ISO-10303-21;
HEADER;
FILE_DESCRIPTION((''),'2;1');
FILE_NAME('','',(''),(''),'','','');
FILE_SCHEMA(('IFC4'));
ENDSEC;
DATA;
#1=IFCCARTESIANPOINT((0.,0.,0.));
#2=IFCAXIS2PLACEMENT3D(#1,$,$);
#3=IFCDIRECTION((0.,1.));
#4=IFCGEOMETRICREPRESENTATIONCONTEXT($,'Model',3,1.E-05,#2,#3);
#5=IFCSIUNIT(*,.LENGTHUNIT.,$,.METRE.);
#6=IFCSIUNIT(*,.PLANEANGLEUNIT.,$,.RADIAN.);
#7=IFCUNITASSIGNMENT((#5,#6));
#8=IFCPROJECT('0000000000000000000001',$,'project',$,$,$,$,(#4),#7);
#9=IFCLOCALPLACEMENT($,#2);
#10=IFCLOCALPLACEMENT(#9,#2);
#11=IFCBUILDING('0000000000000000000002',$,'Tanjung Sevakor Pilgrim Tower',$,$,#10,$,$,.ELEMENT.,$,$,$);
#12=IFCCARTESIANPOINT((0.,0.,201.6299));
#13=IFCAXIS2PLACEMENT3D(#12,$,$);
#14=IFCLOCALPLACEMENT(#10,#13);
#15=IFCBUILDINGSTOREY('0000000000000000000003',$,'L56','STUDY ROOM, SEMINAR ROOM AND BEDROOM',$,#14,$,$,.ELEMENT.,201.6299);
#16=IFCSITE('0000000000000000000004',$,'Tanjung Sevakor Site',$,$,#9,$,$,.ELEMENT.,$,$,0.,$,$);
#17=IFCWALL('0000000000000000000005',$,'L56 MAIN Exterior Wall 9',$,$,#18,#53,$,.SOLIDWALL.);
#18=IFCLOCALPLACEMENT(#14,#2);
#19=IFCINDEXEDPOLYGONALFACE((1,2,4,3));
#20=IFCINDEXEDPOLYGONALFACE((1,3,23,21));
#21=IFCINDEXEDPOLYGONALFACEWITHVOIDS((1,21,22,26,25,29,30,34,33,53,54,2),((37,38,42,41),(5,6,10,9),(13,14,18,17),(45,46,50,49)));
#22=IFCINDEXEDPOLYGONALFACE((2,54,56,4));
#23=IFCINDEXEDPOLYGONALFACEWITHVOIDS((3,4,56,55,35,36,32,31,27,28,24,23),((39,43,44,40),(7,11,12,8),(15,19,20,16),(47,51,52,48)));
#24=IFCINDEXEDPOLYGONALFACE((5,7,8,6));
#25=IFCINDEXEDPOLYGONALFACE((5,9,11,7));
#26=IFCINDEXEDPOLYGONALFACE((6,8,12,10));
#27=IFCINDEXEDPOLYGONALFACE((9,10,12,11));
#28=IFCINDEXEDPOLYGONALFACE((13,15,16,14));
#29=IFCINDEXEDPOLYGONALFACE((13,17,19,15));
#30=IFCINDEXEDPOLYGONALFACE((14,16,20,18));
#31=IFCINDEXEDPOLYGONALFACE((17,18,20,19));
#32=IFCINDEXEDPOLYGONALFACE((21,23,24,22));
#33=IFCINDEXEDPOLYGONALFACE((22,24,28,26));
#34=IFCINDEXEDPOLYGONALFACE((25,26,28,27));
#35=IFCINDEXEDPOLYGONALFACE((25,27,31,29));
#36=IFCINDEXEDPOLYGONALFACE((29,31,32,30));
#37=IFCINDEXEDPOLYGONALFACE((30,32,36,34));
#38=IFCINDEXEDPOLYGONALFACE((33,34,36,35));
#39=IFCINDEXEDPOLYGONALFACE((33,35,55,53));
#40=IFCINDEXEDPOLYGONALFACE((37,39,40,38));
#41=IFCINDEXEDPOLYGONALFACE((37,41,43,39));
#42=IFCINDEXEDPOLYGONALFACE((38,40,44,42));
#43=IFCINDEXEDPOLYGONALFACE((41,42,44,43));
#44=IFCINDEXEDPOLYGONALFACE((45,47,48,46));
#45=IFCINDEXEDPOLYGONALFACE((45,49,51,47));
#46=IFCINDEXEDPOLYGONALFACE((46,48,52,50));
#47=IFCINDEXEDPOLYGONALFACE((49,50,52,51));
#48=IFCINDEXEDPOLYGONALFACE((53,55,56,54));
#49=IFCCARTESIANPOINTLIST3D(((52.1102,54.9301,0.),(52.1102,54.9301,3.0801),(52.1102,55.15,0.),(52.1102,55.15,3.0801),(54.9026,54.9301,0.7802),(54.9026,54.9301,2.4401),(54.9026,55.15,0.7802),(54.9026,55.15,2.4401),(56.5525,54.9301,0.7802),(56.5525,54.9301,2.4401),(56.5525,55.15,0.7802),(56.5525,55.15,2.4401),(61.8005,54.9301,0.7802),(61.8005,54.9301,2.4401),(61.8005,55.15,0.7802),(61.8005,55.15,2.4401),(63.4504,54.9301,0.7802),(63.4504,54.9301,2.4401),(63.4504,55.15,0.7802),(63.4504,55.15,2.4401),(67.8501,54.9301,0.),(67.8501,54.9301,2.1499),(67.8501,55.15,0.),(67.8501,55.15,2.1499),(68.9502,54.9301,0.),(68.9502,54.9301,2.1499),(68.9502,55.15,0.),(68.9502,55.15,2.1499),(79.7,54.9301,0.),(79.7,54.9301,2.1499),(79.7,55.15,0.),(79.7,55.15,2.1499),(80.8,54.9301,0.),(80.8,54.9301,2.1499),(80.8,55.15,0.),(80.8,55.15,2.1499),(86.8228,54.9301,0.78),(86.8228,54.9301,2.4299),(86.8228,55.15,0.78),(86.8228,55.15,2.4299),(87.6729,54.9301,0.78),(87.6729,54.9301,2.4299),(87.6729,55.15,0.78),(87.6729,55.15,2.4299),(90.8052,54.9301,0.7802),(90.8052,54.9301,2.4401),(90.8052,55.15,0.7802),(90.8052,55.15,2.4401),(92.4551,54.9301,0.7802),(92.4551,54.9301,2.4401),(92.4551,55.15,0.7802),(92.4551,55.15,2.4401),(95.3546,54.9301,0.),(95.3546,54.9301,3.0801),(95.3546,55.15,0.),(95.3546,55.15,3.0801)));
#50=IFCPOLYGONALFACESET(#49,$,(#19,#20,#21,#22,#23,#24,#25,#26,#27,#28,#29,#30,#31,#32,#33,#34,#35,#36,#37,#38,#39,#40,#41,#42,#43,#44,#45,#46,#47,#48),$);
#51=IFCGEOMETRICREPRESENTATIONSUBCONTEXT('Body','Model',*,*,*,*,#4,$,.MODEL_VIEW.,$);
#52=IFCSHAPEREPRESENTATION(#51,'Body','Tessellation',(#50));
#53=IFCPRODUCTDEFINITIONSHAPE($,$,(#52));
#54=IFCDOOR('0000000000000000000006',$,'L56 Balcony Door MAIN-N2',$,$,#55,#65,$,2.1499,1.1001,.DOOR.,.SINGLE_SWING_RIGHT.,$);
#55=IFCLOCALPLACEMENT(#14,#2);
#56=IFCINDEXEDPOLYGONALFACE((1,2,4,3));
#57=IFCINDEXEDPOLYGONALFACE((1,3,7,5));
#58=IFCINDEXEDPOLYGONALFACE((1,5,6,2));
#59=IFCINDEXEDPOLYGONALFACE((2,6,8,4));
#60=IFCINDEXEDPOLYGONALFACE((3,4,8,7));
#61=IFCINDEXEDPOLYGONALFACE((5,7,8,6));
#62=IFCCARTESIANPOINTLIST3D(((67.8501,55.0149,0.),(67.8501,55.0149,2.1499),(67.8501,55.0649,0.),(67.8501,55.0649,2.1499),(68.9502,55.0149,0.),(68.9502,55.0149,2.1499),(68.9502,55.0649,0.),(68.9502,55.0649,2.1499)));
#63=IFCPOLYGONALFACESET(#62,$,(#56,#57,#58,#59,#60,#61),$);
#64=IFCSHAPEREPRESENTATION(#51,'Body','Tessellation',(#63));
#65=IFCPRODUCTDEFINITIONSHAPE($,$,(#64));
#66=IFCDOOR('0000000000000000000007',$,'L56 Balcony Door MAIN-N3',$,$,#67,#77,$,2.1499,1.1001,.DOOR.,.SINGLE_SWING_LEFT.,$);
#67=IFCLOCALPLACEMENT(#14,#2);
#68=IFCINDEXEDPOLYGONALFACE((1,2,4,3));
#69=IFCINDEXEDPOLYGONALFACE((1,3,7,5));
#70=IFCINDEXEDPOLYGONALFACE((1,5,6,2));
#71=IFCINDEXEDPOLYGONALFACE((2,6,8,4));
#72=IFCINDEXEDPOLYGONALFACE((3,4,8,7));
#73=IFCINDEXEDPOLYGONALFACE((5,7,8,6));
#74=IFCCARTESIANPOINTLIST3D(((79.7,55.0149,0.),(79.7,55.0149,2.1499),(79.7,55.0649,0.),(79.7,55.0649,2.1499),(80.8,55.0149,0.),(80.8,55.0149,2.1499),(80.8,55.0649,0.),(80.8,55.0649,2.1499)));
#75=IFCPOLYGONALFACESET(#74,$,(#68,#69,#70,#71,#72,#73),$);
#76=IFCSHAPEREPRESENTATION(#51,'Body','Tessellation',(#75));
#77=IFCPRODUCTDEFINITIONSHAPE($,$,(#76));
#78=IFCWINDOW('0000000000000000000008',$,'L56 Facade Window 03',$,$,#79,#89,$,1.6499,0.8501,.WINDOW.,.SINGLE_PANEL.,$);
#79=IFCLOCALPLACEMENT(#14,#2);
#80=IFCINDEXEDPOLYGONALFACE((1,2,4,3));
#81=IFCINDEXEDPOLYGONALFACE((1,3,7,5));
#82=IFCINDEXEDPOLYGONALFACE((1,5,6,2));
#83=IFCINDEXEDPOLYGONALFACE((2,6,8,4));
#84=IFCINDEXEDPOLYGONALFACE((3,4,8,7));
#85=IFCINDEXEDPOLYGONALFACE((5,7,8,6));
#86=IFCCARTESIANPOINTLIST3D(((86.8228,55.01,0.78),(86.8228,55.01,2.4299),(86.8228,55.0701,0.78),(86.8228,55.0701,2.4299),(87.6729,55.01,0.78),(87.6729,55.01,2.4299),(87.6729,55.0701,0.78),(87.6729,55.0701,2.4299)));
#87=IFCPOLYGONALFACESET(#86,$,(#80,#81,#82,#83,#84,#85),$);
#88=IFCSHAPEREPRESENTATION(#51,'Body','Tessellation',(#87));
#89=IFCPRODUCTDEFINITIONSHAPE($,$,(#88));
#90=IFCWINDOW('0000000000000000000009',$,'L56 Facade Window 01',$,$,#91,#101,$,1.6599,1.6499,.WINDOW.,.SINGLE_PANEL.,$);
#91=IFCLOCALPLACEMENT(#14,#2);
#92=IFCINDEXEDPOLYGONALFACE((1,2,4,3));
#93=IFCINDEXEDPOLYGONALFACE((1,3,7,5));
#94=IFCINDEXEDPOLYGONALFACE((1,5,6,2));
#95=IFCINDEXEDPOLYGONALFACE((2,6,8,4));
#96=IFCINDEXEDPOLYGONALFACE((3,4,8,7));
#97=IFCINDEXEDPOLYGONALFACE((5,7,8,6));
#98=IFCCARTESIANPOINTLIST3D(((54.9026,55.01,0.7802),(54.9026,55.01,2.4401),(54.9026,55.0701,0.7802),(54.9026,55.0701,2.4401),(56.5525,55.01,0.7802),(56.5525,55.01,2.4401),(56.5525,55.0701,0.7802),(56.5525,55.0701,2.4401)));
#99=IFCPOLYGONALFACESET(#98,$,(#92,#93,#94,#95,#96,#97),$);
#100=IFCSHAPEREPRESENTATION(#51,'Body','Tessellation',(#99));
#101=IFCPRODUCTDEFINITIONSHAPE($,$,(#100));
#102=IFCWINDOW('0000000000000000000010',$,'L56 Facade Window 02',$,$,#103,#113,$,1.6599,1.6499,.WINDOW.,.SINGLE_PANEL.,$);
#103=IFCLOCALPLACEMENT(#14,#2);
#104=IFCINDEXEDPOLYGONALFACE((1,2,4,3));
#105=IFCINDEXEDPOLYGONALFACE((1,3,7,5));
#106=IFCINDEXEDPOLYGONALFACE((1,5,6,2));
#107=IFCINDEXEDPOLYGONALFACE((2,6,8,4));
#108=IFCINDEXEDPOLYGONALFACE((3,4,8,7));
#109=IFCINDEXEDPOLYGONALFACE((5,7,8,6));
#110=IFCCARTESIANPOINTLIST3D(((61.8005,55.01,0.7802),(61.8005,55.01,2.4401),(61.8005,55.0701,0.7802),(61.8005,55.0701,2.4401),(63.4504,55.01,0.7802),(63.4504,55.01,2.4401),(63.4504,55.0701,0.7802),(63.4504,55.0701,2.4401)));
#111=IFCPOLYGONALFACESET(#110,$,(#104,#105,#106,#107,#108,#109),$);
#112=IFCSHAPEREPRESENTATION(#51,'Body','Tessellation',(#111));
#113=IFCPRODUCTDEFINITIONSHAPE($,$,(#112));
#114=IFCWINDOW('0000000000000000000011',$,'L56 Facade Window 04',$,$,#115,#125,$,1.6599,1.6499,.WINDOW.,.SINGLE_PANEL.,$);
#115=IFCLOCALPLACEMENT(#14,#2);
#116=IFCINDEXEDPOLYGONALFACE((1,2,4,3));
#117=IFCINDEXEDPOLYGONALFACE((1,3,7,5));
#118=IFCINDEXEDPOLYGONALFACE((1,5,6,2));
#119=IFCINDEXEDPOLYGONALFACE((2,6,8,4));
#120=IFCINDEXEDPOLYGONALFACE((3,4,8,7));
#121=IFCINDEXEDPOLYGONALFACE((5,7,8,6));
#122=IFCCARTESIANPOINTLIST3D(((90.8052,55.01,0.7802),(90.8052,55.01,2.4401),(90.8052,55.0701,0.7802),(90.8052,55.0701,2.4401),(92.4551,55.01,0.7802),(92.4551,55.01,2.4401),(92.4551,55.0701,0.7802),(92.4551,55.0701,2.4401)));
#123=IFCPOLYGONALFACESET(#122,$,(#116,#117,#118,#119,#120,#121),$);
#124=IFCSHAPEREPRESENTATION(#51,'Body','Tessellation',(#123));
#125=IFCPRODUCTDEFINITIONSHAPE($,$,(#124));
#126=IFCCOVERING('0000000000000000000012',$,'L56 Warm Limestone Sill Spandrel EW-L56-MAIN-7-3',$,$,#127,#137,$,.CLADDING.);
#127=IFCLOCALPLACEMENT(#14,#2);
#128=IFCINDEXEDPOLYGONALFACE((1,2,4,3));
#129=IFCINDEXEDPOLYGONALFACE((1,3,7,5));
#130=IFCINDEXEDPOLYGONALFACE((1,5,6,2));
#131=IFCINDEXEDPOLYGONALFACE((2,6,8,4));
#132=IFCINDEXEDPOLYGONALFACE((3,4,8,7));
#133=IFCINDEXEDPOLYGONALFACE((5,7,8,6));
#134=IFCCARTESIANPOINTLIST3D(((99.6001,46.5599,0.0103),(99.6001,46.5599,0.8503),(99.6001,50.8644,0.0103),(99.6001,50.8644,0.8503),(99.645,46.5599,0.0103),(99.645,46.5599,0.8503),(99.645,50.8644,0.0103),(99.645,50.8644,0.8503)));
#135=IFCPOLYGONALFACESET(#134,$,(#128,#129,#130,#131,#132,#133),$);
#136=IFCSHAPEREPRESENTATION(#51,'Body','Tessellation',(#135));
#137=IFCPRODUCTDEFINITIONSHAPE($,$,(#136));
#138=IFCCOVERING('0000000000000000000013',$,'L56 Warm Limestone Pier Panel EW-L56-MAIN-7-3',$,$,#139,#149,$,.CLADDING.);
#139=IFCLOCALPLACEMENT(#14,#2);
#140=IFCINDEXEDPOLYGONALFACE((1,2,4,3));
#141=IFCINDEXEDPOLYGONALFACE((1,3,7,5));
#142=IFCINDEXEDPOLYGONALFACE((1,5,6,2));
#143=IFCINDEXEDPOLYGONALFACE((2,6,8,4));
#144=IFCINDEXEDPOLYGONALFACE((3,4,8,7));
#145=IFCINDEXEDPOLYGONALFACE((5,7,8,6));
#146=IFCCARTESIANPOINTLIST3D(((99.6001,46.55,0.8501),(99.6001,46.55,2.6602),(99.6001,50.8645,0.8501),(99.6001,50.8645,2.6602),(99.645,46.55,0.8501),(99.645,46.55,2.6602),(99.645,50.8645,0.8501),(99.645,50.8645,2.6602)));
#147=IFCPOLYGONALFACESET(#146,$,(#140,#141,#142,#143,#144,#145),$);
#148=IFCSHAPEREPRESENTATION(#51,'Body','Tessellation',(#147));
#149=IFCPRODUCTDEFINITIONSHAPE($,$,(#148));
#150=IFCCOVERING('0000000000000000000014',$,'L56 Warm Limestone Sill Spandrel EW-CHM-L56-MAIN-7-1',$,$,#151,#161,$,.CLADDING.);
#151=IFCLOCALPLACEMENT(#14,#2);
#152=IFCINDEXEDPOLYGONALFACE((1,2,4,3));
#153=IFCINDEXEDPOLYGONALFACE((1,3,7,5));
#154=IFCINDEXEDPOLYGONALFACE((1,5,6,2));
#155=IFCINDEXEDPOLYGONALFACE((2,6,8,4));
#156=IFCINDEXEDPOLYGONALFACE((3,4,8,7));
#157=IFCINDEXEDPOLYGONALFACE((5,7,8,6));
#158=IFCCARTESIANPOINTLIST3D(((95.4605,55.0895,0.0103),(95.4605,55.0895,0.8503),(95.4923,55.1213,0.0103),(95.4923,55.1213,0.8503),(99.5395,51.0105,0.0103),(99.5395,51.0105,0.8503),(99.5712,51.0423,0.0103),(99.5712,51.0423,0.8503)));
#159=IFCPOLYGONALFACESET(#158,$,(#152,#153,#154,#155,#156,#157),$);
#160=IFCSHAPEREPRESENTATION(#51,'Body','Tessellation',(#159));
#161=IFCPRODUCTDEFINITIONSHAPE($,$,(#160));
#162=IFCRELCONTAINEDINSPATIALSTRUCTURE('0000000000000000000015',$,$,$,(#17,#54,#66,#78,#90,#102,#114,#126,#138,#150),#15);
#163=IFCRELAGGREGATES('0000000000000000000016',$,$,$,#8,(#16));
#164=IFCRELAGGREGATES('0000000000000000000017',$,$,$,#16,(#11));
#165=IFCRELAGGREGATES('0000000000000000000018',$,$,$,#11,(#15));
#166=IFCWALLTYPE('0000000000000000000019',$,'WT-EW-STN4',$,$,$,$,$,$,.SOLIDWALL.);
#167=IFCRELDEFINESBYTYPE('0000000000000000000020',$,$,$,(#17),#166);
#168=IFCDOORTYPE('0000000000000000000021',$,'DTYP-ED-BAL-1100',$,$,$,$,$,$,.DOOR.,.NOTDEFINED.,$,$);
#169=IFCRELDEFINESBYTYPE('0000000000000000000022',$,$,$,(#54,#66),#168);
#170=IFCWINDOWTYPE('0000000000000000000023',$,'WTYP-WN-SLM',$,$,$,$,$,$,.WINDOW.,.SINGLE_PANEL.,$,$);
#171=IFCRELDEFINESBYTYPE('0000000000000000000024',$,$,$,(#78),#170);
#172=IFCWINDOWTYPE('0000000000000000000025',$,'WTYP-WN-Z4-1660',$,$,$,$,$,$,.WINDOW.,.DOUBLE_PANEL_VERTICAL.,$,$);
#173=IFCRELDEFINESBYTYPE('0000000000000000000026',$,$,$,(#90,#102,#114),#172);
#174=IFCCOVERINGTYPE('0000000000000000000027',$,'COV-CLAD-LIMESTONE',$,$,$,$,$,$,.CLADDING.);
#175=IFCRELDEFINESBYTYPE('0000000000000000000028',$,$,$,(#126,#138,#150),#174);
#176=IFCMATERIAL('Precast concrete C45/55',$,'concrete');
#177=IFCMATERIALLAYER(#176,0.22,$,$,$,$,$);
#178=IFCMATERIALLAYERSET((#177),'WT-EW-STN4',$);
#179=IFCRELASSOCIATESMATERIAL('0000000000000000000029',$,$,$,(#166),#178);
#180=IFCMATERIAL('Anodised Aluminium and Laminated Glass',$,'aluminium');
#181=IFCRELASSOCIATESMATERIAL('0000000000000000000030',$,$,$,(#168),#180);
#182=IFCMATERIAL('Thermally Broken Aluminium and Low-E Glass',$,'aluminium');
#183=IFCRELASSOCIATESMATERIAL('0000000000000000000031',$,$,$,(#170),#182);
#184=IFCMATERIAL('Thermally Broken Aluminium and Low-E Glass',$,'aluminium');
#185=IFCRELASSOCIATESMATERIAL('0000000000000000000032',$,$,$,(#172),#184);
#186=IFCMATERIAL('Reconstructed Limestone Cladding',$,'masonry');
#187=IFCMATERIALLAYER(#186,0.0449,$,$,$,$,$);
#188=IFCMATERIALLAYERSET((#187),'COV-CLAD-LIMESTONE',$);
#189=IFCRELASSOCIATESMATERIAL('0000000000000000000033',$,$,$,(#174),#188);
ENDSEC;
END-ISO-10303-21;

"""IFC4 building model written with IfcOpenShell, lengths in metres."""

from ifc_helpers import new_model, si_unit, direction, frame, frame_2d, origin, origin_2d, place, context, subcontext, project, spatial, rectangle, extrude, material, layer, layer_set, type_object, element, fill, save


model = new_model("IFC4")

# Units and contexts
model_context = context("Model", 3, precision=1e-05, world=origin(), true_north=direction((0.0, 1.0)))
body_context = subcontext(model_context, "Body", "Model", "MODEL_VIEW")
ifc_project = project(units=[si_unit("LENGTHUNIT", "METRE"), si_unit("PLANEANGLEUNIT", "RADIAN")], contexts=[model_context])

# Site, building, storey
site_placement = place(None, origin())
site = spatial("IfcSite", under=ifc_project, at=site_placement, Name="Tanjung Sevakor Site", CompositionType="ELEMENT", RefElevation=0.0)
building_placement = place(site_placement, origin())
building = spatial("IfcBuilding", under=site, at=building_placement, Name="Tanjung Sevakor Pilgrim Tower", CompositionType="ELEMENT")
storey_placement = place(building_placement, frame((0.0, 0.0, 201.6299)))
storey = spatial("IfcBuildingStorey", under=building, at=storey_placement, Name="L56", Description="STUDY ROOM, SEMINAR ROOM AND BEDROOM", CompositionType="ELEMENT", Elevation=201.6299)

# Shared definitions
ifc_material_1 = material(Name="Precast concrete C45/55", Category="concrete")
ifc_layer_1 = layer(ifc_material_1, 0.22)
ifc_layer_set_1 = layer_set([ifc_layer_1], Name="WT-EW-STN4")
wall_type_1 = type_object("IfcWallType", Name="WT-EW-STN4", PredefinedType="SOLIDWALL", material=ifc_layer_set_1)

# Wall, openings, doors, windows
wall_1_placement = place(storey_placement, frame((95.3545, 55.04, 0.0), z_axis=(0.0, 0.0, 1.0), x_axis=(-1.0, 0.0, 0.0)))
wall_1 = element("IfcWall", 1, at=wall_1_placement, inside=storey, type_object=wall_type_1, Name="L56 MAIN Exterior Wall 9", PredefinedType="SOLIDWALL", context=body_context, shape_type="SweptSolid", body=[
    extrude(rectangle(XDim=43.2444, YDim=0.22, at=frame_2d((21.6221, 0.0))), origin(), (0.0, 0.0, 1.0), 3.0801),
])
opening_1_placement = place(wall_1_placement, frame((26.4043, 0.0, 0.0)))
opening_1 = element("IfcOpeningElement", 2, at=opening_1_placement, cuts=wall_1, PredefinedType="OPENING", context=body_context, shape_type="SweptSolid", body=[
    extrude(rectangle(XDim=1.1001, YDim=2.1499, at=frame_2d((0.55, 1.075))), frame((0.0, 0.1199, 0.0), z_axis=(0.0, -1.0, 0.0), x_axis=(1.0, 0.0, 0.0)), (0.0, 0.0, 1.0), 0.24),
])
opening_2_placement = place(wall_1_placement, frame((14.5544, 0.0, 0.0)))
opening_2 = element("IfcOpeningElement", 3, at=opening_2_placement, cuts=wall_1, PredefinedType="OPENING", context=body_context, shape_type="SweptSolid", body=[
    extrude(rectangle(XDim=1.1001, YDim=2.1499, at=frame_2d((0.55, 1.075))), frame((0.0, 0.1199, 0.0), z_axis=(0.0, -1.0, 0.0), x_axis=(1.0, 0.0, 0.0)), (0.0, 0.0, 1.0), 0.24),
])
opening_3_placement = place(wall_1_placement, frame((38.802, 0.0, 0.78)))
opening_3 = element("IfcOpeningElement", 4, at=opening_3_placement, cuts=wall_1, PredefinedType="OPENING", context=body_context, shape_type="SweptSolid", body=[
    extrude(rectangle(XDim=1.6499, YDim=1.6599, at=frame_2d((0.825, 0.8301))), frame((0.0, 0.1199, 0.0), z_axis=(0.0, -1.0, 0.0), x_axis=(1.0, 0.0, 0.0)), (0.0, 0.0, 1.0), 0.24),
])
opening_4_placement = place(wall_1_placement, frame((31.9041, 0.0, 0.78)))
opening_4 = element("IfcOpeningElement", 5, at=opening_4_placement, cuts=wall_1, PredefinedType="OPENING", context=body_context, shape_type="SweptSolid", body=[
    extrude(rectangle(XDim=1.6499, YDim=1.6599, at=frame_2d((0.825, 0.8301))), frame((0.0, 0.1199, 0.0), z_axis=(0.0, -1.0, 0.0), x_axis=(1.0, 0.0, 0.0)), (0.0, 0.0, 1.0), 0.24),
])
opening_5_placement = place(wall_1_placement, frame((7.6816, 0.0, 0.78)))
opening_5 = element("IfcOpeningElement", 6, at=opening_5_placement, cuts=wall_1, PredefinedType="OPENING", context=body_context, shape_type="SweptSolid", body=[
    extrude(rectangle(XDim=0.8501, YDim=1.6499, at=frame_2d((0.425, 0.825))), frame((0.0, 0.1199, 0.0), z_axis=(0.0, -1.0, 0.0), x_axis=(1.0, 0.0, 0.0)), (0.0, 0.0, 1.0), 0.24),
])
opening_6_placement = place(wall_1_placement, frame((2.8994, 0.0, 0.78)))
opening_6 = element("IfcOpeningElement", 7, at=opening_6_placement, cuts=wall_1, PredefinedType="OPENING", context=body_context, shape_type="SweptSolid", body=[
    extrude(rectangle(XDim=1.6499, YDim=1.6599, at=frame_2d((0.825, 0.8301))), frame((0.0, 0.1199, 0.0), z_axis=(0.0, -1.0, 0.0), x_axis=(1.0, 0.0, 0.0)), (0.0, 0.0, 1.0), 0.24),
])
ifc_material_2 = material(Name="Anodised Aluminium and Laminated Glass", Category="aluminium")
door_type = type_object("IfcDoorType", Name="DTYP-ED-BAL-1100", OperationType="NOTDEFINED", PredefinedType="DOOR", material=ifc_material_2)
door_1_placement = place(opening_1_placement, frame((1.1001, 0.0, 0.0), z_axis=(0.0, 0.0, 1.0), x_axis=(-1.0, 0.0, 0.0)))
door_1 = element("IfcDoor", 8, at=door_1_placement, inside=storey, type_object=door_type, Name="L56 Balcony Door MAIN-N2", OperationType="SINGLE_SWING_RIGHT", OverallHeight=2.1499, OverallWidth=1.1001, PredefinedType="DOOR", context=body_context, shape_type="SweptSolid", body=[
    extrude(rectangle(XDim=1.1001, YDim=2.1499, at=frame_2d((0.55, 1.075))), frame((0.0, 0.0249, 0.0), z_axis=(0.0, -1.0, 0.0), x_axis=(1.0, 0.0, 0.0)), (0.0, 0.0, 1.0), 0.05),
])
fill(opening_1, door_1)
door_2_placement = place(opening_2_placement, frame((1.1001, 0.0, 0.0), z_axis=(0.0, 0.0, 1.0), x_axis=(-1.0, 0.0, 0.0)))
door_2 = element("IfcDoor", 9, at=door_2_placement, inside=storey, type_object=door_type, Name="L56 Balcony Door MAIN-N3", OperationType="SINGLE_SWING_LEFT", OverallHeight=2.1499, OverallWidth=1.1001, PredefinedType="DOOR", context=body_context, shape_type="SweptSolid", body=[
    extrude(rectangle(XDim=1.1001, YDim=2.1499, at=frame_2d((0.55, 1.075))), frame((0.0, 0.0249, 0.0), z_axis=(0.0, -1.0, 0.0), x_axis=(1.0, 0.0, 0.0)), (0.0, 0.0, 1.0), 0.05),
])
fill(opening_2, door_2)
ifc_material_3 = material(Name="Thermally Broken Aluminium and Low-E Glass", Category="aluminium")
window_type_1 = type_object("IfcWindowType", Name="WTYP-WN-SLM", PartitioningType="SINGLE_PANEL", PredefinedType="WINDOW", material=ifc_material_3)
window_1_placement = place(opening_5_placement, origin())
window_1 = element("IfcWindow", 10, at=window_1_placement, inside=storey, type_object=window_type_1, Name="L56 Facade Window 03", OverallHeight=1.6499, OverallWidth=0.8501, PartitioningType="SINGLE_PANEL", PredefinedType="WINDOW", context=body_context, shape_type="SweptSolid", body=[
    extrude(rectangle(XDim=0.8501, YDim=1.6499, at=frame_2d((0.425, 0.825))), frame((0.0, 0.03, 0.0), z_axis=(0.0, -1.0, 0.0), x_axis=(1.0, 0.0, 0.0)), (0.0, 0.0, 1.0), 0.0601),
])
fill(opening_5, window_1)
ifc_material_4 = material(Name="Thermally Broken Aluminium and Low-E Glass", Category="aluminium")
window_type_2 = type_object("IfcWindowType", Name="WTYP-WN-Z4-1660", PartitioningType="DOUBLE_PANEL_VERTICAL", PredefinedType="WINDOW", material=ifc_material_4)
window_2_placement = place(opening_3_placement, origin())
window_2 = element("IfcWindow", 11, at=window_2_placement, inside=storey, type_object=window_type_2, Name="L56 Facade Window 01", OverallHeight=1.6599, OverallWidth=1.6499, PartitioningType="SINGLE_PANEL", PredefinedType="WINDOW", context=body_context, shape_type="SweptSolid", body=[
    extrude(rectangle(XDim=1.6499, YDim=1.6599, at=frame_2d((0.825, 0.8301))), frame((0.0, 0.03, 0.0), z_axis=(0.0, -1.0, 0.0), x_axis=(1.0, 0.0, 0.0)), (0.0, 0.0, 1.0), 0.0601),
])
fill(opening_3, window_2)
window_3_placement = place(opening_4_placement, origin())
window_3 = element("IfcWindow", 12, at=window_3_placement, inside=storey, type_object=window_type_2, Name="L56 Facade Window 02", OverallHeight=1.6599, OverallWidth=1.6499, PartitioningType="SINGLE_PANEL", PredefinedType="WINDOW", context=body_context, shape_type="SweptSolid", body=[
    extrude(rectangle(XDim=1.6499, YDim=1.6599, at=frame_2d((0.825, 0.8301))), frame((0.0, 0.03, 0.0), z_axis=(0.0, -1.0, 0.0), x_axis=(1.0, 0.0, 0.0)), (0.0, 0.0, 1.0), 0.0601),
])
fill(opening_4, window_3)
window_4_placement = place(opening_6_placement, origin())
window_4 = element("IfcWindow", 13, at=window_4_placement, inside=storey, type_object=window_type_2, Name="L56 Facade Window 04", OverallHeight=1.6599, OverallWidth=1.6499, PartitioningType="SINGLE_PANEL", PredefinedType="WINDOW", context=body_context, shape_type="SweptSolid", body=[
    extrude(rectangle(XDim=1.6499, YDim=1.6599, at=frame_2d((0.825, 0.8301))), frame((0.0, 0.03, 0.0), z_axis=(0.0, -1.0, 0.0), x_axis=(1.0, 0.0, 0.0)), (0.0, 0.0, 1.0), 0.0601),
])
fill(opening_6, window_4)

# Coverings
ifc_material_5 = material(Name="Reconstructed Limestone Cladding", Category="masonry")
ifc_layer_2 = layer(ifc_material_5, 0.0449)
ifc_layer_set_2 = layer_set([ifc_layer_2], Name="COV-CLAD-LIMESTONE")
covering_type = type_object("IfcCoveringType", Name="COV-CLAD-LIMESTONE", PredefinedType="CLADDING", material=ifc_layer_set_2)
covering_1_placement = place(storey_placement, frame((99.6226, 48.7122, 0.0103), z_axis=(0.0, 0.0, 1.0), x_axis=(0.0, 1.0, 0.0)))
element("IfcCovering", 14, at=covering_1_placement, inside=storey, type_object=covering_type, Name="L56 Warm Limestone Sill Spandrel EW-L56-MAIN-7-3", PredefinedType="CLADDING", context=body_context, shape_type="SweptSolid", body=[
    extrude(rectangle(XDim=4.3044, YDim=0.0449, at=origin_2d()), origin(), (0.0, 0.0, 1.0), 0.8401),
])
covering_2_placement = place(storey_placement, frame((99.6226, 48.7073, 0.8501), z_axis=(0.0, 0.0, 1.0), x_axis=(0.0, 1.0, 0.0)))
element("IfcCovering", 15, at=covering_2_placement, inside=storey, type_object=covering_type, Name="L56 Warm Limestone Pier Panel EW-L56-MAIN-7-3", PredefinedType="CLADDING", context=body_context, shape_type="SweptSolid", body=[
    extrude(rectangle(XDim=4.3145, YDim=0.0449, at=origin_2d()), origin(), (0.0, 0.0, 1.0), 1.8101),
])
covering_3_placement = place(storey_placement, frame((97.5159, 53.0659, 0.0103), z_axis=(0.0, 0.0, 1.0), x_axis=(-0.707107, 0.707107, 0.0)))
element("IfcCovering", 16, at=covering_3_placement, inside=storey, type_object=covering_type, Name="L56 Warm Limestone Sill Spandrel EW-CHM-L56-MAIN-7-1", PredefinedType="CLADDING", context=body_context, shape_type="SweptSolid", body=[
    extrude(rectangle(XDim=5.7686, YDim=0.0449, at=origin_2d()), origin(), (0.0, 0.0, 1.0), 0.8401),
])

save(model, "model.ifc")
